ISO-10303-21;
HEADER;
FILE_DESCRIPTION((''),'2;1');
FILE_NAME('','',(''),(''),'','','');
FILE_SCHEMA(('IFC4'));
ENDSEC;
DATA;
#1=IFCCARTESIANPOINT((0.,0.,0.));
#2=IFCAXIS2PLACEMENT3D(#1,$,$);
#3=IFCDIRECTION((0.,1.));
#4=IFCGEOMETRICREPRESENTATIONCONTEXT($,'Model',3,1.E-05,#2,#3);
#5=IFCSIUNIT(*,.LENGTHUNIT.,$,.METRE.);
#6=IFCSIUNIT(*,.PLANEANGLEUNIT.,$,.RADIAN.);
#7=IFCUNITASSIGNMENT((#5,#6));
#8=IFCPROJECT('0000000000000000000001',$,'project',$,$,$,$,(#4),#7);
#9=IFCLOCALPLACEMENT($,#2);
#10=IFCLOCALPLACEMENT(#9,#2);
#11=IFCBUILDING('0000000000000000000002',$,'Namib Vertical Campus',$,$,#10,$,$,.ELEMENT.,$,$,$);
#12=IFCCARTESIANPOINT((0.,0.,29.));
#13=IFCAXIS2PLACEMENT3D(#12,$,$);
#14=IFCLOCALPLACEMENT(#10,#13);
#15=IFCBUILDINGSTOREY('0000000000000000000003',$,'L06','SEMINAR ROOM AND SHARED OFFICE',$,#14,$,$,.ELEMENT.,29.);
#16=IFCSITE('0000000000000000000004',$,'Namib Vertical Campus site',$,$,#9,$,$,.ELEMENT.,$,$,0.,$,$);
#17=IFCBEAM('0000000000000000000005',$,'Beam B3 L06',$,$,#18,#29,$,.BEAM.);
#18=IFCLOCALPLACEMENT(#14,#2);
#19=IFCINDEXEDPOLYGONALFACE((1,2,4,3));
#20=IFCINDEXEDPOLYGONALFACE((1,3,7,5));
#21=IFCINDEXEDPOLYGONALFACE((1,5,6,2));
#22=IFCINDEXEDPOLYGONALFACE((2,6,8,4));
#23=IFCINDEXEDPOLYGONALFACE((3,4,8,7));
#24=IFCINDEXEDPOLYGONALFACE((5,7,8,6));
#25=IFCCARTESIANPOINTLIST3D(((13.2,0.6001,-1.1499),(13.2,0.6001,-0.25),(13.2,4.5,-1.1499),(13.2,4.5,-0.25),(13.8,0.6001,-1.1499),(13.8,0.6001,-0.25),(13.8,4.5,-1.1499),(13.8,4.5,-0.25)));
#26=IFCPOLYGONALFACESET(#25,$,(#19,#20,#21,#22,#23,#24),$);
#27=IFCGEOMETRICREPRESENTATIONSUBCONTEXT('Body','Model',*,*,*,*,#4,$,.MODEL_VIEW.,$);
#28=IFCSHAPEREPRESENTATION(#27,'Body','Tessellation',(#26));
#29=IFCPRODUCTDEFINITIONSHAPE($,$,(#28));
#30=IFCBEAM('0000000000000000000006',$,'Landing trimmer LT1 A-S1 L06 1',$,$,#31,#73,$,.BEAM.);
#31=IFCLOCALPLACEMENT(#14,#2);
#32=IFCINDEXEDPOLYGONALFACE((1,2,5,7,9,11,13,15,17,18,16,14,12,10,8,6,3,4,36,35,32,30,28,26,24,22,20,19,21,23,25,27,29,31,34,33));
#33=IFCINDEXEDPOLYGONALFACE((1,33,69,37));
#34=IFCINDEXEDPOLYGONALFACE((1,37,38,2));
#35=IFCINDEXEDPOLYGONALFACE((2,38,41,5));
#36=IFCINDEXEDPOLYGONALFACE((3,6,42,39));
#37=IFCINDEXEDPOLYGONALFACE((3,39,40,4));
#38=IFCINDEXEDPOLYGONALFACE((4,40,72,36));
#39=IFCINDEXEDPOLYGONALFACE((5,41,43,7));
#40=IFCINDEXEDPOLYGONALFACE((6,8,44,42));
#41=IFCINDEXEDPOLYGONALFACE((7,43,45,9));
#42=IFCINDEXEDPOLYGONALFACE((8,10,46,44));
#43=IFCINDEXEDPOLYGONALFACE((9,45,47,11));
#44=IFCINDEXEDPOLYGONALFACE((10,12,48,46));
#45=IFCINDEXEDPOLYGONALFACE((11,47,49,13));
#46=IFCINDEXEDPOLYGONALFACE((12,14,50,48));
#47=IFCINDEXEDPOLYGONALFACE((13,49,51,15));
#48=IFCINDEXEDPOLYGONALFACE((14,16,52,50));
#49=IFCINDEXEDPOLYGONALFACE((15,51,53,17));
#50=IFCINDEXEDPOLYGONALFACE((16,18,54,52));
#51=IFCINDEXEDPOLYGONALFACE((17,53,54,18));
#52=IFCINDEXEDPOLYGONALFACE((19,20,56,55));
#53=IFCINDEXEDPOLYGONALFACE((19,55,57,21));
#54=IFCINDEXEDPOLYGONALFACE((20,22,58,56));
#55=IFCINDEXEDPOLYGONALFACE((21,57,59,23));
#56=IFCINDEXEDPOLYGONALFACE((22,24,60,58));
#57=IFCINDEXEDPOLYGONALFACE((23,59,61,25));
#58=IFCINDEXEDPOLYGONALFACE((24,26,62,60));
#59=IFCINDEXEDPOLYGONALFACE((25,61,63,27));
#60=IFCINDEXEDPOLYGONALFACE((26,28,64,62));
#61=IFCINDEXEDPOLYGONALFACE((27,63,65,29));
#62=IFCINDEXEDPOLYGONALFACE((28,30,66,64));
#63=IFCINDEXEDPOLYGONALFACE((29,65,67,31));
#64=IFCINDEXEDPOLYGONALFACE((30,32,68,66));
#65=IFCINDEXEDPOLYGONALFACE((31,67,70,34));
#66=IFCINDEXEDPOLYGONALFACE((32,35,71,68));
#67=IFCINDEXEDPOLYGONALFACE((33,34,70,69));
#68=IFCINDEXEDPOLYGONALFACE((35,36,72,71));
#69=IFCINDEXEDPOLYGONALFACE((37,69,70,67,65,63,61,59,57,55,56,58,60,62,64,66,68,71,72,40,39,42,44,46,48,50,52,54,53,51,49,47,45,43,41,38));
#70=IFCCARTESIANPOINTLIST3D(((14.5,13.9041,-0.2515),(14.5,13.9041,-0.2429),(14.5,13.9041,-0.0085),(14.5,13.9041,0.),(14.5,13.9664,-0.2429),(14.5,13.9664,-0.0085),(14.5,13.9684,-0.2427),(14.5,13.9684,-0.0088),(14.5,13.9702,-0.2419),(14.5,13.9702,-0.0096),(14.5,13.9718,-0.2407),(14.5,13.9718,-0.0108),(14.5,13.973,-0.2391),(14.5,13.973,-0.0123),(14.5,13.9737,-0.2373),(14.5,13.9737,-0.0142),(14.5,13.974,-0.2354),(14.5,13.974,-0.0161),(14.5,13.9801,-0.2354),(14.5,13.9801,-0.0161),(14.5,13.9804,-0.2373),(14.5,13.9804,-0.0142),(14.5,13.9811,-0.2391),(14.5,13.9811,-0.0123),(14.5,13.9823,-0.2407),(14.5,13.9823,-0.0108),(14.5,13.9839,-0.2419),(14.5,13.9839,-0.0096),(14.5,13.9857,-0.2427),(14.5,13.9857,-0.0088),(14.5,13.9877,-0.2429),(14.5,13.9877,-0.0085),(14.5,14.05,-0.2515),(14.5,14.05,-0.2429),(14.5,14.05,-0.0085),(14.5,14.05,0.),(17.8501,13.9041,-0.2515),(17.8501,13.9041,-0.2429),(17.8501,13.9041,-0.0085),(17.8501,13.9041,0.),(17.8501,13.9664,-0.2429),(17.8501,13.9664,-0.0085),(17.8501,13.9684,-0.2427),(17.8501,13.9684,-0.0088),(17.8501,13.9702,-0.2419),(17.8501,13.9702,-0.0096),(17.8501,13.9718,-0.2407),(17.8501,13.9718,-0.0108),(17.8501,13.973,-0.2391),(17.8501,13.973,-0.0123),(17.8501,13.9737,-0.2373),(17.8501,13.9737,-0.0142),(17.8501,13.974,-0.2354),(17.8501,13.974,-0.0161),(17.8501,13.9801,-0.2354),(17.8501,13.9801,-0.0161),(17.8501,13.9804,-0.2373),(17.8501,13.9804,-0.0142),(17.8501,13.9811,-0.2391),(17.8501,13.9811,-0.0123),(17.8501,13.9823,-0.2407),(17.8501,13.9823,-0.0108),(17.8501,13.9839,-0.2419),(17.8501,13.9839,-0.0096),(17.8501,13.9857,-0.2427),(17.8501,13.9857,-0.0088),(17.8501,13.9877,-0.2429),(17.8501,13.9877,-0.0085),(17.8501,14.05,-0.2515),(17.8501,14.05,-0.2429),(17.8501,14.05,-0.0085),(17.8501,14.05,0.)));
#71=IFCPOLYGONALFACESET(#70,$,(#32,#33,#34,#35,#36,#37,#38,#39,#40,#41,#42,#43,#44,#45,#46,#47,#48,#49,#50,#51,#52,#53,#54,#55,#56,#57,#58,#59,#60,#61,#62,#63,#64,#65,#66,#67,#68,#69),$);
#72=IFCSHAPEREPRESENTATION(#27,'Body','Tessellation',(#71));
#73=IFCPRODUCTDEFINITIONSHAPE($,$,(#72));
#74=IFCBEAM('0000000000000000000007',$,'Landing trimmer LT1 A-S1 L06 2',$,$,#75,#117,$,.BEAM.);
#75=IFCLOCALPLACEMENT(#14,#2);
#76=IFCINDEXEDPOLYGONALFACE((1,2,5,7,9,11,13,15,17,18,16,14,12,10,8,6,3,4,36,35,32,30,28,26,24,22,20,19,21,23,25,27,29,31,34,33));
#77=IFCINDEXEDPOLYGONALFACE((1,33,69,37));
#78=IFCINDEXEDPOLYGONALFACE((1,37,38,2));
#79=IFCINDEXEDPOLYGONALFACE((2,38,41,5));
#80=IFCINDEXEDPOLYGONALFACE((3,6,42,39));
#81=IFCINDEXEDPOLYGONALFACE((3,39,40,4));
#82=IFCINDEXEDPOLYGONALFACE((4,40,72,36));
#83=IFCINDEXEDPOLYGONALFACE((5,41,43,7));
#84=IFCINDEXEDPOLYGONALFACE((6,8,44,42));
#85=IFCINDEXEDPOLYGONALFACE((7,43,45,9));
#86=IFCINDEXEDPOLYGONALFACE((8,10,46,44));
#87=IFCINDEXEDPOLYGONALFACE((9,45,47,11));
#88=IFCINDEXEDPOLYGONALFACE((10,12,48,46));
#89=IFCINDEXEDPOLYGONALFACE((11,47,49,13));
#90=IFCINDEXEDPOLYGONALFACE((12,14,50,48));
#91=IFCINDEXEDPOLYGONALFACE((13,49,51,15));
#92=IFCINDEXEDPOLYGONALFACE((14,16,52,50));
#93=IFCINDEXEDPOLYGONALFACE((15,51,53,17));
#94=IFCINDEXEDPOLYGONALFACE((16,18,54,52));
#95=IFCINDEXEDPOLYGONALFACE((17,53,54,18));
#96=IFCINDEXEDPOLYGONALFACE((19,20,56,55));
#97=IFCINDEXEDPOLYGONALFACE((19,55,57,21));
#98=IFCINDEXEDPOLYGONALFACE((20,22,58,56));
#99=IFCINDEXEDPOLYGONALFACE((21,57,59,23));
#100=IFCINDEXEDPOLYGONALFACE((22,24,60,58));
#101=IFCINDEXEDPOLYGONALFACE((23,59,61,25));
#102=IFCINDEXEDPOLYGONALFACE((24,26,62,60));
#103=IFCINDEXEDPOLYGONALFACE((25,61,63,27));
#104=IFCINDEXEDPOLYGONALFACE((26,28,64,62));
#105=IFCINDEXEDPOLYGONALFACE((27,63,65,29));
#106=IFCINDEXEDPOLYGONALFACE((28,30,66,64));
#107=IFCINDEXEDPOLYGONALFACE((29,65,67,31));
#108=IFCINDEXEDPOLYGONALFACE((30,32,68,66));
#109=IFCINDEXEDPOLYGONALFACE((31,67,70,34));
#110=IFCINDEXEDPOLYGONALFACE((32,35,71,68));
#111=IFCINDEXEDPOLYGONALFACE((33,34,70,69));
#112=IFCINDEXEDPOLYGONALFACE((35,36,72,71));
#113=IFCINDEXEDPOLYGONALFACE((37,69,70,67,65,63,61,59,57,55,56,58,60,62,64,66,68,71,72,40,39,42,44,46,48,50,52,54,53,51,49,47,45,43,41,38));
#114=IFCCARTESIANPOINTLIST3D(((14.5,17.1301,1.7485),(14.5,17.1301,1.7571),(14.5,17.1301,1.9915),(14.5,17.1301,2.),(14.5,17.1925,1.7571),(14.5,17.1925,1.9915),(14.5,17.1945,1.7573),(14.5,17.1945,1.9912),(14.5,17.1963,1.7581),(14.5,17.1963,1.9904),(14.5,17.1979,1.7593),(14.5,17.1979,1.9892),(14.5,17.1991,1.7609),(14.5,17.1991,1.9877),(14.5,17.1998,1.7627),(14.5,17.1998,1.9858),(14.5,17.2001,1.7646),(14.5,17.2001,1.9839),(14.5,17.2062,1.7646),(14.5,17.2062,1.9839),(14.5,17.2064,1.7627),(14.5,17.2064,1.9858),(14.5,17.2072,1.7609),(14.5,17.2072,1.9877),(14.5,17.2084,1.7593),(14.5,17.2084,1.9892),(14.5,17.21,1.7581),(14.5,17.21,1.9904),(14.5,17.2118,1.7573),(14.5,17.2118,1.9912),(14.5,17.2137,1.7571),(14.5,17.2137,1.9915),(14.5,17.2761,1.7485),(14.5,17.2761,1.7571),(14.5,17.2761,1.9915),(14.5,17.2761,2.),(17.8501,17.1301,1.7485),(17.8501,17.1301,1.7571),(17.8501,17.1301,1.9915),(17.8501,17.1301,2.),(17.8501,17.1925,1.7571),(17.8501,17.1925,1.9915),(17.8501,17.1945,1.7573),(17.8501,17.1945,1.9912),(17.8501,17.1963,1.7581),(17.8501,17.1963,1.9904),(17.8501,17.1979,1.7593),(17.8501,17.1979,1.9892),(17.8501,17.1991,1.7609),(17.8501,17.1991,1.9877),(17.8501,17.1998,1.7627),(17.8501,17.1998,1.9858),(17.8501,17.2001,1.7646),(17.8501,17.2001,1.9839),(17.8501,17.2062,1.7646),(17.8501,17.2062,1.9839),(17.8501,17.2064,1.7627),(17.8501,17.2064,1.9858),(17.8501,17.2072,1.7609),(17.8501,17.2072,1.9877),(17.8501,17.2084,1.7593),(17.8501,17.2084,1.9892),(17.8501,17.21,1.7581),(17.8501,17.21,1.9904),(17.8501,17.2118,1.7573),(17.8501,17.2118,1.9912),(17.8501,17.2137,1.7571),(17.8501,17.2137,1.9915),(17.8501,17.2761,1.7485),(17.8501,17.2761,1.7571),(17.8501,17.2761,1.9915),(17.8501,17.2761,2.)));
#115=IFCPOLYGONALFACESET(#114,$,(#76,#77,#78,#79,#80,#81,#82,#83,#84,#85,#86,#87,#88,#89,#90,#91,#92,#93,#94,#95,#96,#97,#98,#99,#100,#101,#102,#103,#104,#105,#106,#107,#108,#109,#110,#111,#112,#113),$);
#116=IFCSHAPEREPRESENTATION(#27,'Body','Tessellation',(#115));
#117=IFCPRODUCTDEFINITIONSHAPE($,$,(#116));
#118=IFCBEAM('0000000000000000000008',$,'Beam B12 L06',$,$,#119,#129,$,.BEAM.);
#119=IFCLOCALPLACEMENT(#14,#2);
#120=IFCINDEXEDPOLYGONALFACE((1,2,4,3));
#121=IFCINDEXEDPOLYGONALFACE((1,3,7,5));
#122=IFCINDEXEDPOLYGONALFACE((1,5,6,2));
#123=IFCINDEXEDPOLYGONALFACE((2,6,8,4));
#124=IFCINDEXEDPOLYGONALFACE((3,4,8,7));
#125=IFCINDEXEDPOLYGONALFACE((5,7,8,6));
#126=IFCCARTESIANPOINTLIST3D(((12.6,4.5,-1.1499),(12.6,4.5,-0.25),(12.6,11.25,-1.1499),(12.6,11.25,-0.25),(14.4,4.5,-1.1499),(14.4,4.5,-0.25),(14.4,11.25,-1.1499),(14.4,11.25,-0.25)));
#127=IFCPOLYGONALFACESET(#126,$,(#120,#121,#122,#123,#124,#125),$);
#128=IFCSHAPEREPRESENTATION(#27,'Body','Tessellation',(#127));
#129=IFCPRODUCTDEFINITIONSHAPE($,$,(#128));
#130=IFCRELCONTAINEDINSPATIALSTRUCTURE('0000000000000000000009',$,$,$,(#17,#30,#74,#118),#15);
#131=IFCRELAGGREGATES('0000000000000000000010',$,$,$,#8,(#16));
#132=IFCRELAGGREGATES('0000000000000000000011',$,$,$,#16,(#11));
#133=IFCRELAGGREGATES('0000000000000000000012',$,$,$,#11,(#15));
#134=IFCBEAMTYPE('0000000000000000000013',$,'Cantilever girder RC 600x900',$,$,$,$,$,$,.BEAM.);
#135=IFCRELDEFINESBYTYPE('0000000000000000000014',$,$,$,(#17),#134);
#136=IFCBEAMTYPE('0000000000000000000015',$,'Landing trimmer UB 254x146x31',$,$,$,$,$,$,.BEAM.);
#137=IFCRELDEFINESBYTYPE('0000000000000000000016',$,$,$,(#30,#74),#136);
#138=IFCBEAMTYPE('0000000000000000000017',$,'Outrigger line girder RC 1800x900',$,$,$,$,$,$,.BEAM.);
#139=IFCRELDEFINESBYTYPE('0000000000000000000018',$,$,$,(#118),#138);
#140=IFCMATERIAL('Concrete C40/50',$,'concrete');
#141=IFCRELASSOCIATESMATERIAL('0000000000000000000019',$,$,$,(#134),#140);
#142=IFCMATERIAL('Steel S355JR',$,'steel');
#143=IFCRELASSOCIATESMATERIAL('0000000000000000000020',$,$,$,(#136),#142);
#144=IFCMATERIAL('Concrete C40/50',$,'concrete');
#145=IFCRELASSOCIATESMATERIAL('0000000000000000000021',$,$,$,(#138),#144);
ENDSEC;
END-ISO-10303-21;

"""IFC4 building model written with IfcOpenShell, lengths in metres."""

from ifc_helpers import new_model, si_unit, direction, frame, origin, origin_2d, place, context, subcontext, project, spatial, rectangle, i_section, extrude, material, material_profile, profile_set, type_object, element, save


model = new_model("IFC4")

# Units and contexts
model_context = context("Model", 3, precision=1e-05, world=origin(), true_north=direction((0.0, 1.0)))
body_context = subcontext(model_context, "Body", "Model", "MODEL_VIEW")
ifc_project = project(units=[si_unit("LENGTHUNIT", "METRE"), si_unit("PLANEANGLEUNIT", "RADIAN")], contexts=[model_context])

# Site, building, storey
site_placement = place(None, origin())
site = spatial("IfcSite", under=ifc_project, at=site_placement, Name="Namib Vertical Campus site", CompositionType="ELEMENT", RefElevation=0.0)
building_placement = place(site_placement, origin())
building = spatial("IfcBuilding", under=site, at=building_placement, Name="Namib Vertical Campus", CompositionType="ELEMENT")
storey_placement = place(building_placement, frame((0.0, 0.0, 29.0)))
storey = spatial("IfcBuildingStorey", under=building, at=storey_placement, Name="L06", Description="SEMINAR ROOM AND SHARED OFFICE", CompositionType="ELEMENT", Elevation=29.0)

# Beams
ifc_material_1 = material(Name="Concrete C40/50", Category="concrete")
ifc_material_profile_1 = material_profile(ifc_material_1, rectangle(XDim=0.6001, YDim=0.8999, at=origin_2d()))
ifc_profile_set_1 = profile_set([ifc_material_profile_1], Name="Concrete C40/50")
beam_type_1 = type_object("IfcBeamType", Name="Cantilever girder RC 600x900", PredefinedType="BEAM", material=ifc_profile_set_1)
beam_1_placement = place(storey_placement, frame((13.5, 4.5, -0.7), z_axis=(0.0, -1.0, 0.0), x_axis=(1.0, 0.0, 0.0)))
element("IfcBeam", 1, at=beam_1_placement, inside=storey, type_object=beam_type_1, Name="Beam B3 L06", PredefinedType="BEAM", context=body_context, shape_type="SweptSolid", body=[
    extrude(rectangle(XDim=0.6001, YDim=0.8999, at=origin_2d()), origin(), (0.0, 0.0, 1.0), 3.8999),
])
ifc_material_2 = material(Name="Steel S355JR", Category="steel")
ifc_material_profile_2 = material_profile(ifc_material_2, i_section(OverallWidth=0.146, OverallDepth=0.2515, WebThickness=0.0061, FlangeThickness=0.0085, FilletRadius=0.0076, at=origin_2d()))
ifc_profile_set_2 = profile_set([ifc_material_profile_2], Name="Steel S355JR")
beam_type_2 = type_object("IfcBeamType", Name="Landing trimmer UB 254x146x31", PredefinedType="BEAM", material=ifc_profile_set_2)
for number, where, z_axis, x_axis, name in (
    (2, (14.5, 13.9771, -0.1257), (1.0, 0.0, 0.0), (0.0, 1.0, 0.0), "Landing trimmer LT1 A-S1 L06 1"),
    (3, (14.5, 17.2031, 1.8743), (1.0, 0.0, 0.0), (0.0, 1.0, 0.0), "Landing trimmer LT1 A-S1 L06 2"),
):
    element("IfcBeam", number, at=place(storey_placement, frame(where, z_axis=z_axis, x_axis=x_axis)), inside=storey, type_object=beam_type_2, Name=name, PredefinedType="BEAM", context=body_context, shape_type="SweptSolid", body=[
        extrude(i_section(OverallWidth=0.146, OverallDepth=0.2515, WebThickness=0.0061, FlangeThickness=0.0085, FilletRadius=0.0076, at=origin_2d()), origin(), (0.0, 0.0, 1.0), 3.3501),
    ])
ifc_material_3 = material(Name="Concrete C40/50", Category="concrete")
ifc_material_profile_3 = material_profile(ifc_material_3, rectangle(XDim=1.8, YDim=0.8999, at=origin_2d()))
ifc_profile_set_3 = profile_set([ifc_material_profile_3], Name="Concrete C40/50")
beam_type_3 = type_object("IfcBeamType", Name="Outrigger line girder RC 1800x900", PredefinedType="BEAM", material=ifc_profile_set_3)
beam_2_placement = place(storey_placement, frame((13.5, 4.5, -0.7), z_axis=(0.0, 1.0, 0.0), x_axis=(-1.0, 0.0, 0.0)))
element("IfcBeam", 4, at=beam_2_placement, inside=storey, type_object=beam_type_3, Name="Beam B12 L06", PredefinedType="BEAM", context=body_context, shape_type="SweptSolid", body=[
    extrude(rectangle(XDim=1.8, YDim=0.8999, at=origin_2d()), origin(), (0.0, 0.0, 1.0), 6.75),
])

save(model, "model.ifc")
